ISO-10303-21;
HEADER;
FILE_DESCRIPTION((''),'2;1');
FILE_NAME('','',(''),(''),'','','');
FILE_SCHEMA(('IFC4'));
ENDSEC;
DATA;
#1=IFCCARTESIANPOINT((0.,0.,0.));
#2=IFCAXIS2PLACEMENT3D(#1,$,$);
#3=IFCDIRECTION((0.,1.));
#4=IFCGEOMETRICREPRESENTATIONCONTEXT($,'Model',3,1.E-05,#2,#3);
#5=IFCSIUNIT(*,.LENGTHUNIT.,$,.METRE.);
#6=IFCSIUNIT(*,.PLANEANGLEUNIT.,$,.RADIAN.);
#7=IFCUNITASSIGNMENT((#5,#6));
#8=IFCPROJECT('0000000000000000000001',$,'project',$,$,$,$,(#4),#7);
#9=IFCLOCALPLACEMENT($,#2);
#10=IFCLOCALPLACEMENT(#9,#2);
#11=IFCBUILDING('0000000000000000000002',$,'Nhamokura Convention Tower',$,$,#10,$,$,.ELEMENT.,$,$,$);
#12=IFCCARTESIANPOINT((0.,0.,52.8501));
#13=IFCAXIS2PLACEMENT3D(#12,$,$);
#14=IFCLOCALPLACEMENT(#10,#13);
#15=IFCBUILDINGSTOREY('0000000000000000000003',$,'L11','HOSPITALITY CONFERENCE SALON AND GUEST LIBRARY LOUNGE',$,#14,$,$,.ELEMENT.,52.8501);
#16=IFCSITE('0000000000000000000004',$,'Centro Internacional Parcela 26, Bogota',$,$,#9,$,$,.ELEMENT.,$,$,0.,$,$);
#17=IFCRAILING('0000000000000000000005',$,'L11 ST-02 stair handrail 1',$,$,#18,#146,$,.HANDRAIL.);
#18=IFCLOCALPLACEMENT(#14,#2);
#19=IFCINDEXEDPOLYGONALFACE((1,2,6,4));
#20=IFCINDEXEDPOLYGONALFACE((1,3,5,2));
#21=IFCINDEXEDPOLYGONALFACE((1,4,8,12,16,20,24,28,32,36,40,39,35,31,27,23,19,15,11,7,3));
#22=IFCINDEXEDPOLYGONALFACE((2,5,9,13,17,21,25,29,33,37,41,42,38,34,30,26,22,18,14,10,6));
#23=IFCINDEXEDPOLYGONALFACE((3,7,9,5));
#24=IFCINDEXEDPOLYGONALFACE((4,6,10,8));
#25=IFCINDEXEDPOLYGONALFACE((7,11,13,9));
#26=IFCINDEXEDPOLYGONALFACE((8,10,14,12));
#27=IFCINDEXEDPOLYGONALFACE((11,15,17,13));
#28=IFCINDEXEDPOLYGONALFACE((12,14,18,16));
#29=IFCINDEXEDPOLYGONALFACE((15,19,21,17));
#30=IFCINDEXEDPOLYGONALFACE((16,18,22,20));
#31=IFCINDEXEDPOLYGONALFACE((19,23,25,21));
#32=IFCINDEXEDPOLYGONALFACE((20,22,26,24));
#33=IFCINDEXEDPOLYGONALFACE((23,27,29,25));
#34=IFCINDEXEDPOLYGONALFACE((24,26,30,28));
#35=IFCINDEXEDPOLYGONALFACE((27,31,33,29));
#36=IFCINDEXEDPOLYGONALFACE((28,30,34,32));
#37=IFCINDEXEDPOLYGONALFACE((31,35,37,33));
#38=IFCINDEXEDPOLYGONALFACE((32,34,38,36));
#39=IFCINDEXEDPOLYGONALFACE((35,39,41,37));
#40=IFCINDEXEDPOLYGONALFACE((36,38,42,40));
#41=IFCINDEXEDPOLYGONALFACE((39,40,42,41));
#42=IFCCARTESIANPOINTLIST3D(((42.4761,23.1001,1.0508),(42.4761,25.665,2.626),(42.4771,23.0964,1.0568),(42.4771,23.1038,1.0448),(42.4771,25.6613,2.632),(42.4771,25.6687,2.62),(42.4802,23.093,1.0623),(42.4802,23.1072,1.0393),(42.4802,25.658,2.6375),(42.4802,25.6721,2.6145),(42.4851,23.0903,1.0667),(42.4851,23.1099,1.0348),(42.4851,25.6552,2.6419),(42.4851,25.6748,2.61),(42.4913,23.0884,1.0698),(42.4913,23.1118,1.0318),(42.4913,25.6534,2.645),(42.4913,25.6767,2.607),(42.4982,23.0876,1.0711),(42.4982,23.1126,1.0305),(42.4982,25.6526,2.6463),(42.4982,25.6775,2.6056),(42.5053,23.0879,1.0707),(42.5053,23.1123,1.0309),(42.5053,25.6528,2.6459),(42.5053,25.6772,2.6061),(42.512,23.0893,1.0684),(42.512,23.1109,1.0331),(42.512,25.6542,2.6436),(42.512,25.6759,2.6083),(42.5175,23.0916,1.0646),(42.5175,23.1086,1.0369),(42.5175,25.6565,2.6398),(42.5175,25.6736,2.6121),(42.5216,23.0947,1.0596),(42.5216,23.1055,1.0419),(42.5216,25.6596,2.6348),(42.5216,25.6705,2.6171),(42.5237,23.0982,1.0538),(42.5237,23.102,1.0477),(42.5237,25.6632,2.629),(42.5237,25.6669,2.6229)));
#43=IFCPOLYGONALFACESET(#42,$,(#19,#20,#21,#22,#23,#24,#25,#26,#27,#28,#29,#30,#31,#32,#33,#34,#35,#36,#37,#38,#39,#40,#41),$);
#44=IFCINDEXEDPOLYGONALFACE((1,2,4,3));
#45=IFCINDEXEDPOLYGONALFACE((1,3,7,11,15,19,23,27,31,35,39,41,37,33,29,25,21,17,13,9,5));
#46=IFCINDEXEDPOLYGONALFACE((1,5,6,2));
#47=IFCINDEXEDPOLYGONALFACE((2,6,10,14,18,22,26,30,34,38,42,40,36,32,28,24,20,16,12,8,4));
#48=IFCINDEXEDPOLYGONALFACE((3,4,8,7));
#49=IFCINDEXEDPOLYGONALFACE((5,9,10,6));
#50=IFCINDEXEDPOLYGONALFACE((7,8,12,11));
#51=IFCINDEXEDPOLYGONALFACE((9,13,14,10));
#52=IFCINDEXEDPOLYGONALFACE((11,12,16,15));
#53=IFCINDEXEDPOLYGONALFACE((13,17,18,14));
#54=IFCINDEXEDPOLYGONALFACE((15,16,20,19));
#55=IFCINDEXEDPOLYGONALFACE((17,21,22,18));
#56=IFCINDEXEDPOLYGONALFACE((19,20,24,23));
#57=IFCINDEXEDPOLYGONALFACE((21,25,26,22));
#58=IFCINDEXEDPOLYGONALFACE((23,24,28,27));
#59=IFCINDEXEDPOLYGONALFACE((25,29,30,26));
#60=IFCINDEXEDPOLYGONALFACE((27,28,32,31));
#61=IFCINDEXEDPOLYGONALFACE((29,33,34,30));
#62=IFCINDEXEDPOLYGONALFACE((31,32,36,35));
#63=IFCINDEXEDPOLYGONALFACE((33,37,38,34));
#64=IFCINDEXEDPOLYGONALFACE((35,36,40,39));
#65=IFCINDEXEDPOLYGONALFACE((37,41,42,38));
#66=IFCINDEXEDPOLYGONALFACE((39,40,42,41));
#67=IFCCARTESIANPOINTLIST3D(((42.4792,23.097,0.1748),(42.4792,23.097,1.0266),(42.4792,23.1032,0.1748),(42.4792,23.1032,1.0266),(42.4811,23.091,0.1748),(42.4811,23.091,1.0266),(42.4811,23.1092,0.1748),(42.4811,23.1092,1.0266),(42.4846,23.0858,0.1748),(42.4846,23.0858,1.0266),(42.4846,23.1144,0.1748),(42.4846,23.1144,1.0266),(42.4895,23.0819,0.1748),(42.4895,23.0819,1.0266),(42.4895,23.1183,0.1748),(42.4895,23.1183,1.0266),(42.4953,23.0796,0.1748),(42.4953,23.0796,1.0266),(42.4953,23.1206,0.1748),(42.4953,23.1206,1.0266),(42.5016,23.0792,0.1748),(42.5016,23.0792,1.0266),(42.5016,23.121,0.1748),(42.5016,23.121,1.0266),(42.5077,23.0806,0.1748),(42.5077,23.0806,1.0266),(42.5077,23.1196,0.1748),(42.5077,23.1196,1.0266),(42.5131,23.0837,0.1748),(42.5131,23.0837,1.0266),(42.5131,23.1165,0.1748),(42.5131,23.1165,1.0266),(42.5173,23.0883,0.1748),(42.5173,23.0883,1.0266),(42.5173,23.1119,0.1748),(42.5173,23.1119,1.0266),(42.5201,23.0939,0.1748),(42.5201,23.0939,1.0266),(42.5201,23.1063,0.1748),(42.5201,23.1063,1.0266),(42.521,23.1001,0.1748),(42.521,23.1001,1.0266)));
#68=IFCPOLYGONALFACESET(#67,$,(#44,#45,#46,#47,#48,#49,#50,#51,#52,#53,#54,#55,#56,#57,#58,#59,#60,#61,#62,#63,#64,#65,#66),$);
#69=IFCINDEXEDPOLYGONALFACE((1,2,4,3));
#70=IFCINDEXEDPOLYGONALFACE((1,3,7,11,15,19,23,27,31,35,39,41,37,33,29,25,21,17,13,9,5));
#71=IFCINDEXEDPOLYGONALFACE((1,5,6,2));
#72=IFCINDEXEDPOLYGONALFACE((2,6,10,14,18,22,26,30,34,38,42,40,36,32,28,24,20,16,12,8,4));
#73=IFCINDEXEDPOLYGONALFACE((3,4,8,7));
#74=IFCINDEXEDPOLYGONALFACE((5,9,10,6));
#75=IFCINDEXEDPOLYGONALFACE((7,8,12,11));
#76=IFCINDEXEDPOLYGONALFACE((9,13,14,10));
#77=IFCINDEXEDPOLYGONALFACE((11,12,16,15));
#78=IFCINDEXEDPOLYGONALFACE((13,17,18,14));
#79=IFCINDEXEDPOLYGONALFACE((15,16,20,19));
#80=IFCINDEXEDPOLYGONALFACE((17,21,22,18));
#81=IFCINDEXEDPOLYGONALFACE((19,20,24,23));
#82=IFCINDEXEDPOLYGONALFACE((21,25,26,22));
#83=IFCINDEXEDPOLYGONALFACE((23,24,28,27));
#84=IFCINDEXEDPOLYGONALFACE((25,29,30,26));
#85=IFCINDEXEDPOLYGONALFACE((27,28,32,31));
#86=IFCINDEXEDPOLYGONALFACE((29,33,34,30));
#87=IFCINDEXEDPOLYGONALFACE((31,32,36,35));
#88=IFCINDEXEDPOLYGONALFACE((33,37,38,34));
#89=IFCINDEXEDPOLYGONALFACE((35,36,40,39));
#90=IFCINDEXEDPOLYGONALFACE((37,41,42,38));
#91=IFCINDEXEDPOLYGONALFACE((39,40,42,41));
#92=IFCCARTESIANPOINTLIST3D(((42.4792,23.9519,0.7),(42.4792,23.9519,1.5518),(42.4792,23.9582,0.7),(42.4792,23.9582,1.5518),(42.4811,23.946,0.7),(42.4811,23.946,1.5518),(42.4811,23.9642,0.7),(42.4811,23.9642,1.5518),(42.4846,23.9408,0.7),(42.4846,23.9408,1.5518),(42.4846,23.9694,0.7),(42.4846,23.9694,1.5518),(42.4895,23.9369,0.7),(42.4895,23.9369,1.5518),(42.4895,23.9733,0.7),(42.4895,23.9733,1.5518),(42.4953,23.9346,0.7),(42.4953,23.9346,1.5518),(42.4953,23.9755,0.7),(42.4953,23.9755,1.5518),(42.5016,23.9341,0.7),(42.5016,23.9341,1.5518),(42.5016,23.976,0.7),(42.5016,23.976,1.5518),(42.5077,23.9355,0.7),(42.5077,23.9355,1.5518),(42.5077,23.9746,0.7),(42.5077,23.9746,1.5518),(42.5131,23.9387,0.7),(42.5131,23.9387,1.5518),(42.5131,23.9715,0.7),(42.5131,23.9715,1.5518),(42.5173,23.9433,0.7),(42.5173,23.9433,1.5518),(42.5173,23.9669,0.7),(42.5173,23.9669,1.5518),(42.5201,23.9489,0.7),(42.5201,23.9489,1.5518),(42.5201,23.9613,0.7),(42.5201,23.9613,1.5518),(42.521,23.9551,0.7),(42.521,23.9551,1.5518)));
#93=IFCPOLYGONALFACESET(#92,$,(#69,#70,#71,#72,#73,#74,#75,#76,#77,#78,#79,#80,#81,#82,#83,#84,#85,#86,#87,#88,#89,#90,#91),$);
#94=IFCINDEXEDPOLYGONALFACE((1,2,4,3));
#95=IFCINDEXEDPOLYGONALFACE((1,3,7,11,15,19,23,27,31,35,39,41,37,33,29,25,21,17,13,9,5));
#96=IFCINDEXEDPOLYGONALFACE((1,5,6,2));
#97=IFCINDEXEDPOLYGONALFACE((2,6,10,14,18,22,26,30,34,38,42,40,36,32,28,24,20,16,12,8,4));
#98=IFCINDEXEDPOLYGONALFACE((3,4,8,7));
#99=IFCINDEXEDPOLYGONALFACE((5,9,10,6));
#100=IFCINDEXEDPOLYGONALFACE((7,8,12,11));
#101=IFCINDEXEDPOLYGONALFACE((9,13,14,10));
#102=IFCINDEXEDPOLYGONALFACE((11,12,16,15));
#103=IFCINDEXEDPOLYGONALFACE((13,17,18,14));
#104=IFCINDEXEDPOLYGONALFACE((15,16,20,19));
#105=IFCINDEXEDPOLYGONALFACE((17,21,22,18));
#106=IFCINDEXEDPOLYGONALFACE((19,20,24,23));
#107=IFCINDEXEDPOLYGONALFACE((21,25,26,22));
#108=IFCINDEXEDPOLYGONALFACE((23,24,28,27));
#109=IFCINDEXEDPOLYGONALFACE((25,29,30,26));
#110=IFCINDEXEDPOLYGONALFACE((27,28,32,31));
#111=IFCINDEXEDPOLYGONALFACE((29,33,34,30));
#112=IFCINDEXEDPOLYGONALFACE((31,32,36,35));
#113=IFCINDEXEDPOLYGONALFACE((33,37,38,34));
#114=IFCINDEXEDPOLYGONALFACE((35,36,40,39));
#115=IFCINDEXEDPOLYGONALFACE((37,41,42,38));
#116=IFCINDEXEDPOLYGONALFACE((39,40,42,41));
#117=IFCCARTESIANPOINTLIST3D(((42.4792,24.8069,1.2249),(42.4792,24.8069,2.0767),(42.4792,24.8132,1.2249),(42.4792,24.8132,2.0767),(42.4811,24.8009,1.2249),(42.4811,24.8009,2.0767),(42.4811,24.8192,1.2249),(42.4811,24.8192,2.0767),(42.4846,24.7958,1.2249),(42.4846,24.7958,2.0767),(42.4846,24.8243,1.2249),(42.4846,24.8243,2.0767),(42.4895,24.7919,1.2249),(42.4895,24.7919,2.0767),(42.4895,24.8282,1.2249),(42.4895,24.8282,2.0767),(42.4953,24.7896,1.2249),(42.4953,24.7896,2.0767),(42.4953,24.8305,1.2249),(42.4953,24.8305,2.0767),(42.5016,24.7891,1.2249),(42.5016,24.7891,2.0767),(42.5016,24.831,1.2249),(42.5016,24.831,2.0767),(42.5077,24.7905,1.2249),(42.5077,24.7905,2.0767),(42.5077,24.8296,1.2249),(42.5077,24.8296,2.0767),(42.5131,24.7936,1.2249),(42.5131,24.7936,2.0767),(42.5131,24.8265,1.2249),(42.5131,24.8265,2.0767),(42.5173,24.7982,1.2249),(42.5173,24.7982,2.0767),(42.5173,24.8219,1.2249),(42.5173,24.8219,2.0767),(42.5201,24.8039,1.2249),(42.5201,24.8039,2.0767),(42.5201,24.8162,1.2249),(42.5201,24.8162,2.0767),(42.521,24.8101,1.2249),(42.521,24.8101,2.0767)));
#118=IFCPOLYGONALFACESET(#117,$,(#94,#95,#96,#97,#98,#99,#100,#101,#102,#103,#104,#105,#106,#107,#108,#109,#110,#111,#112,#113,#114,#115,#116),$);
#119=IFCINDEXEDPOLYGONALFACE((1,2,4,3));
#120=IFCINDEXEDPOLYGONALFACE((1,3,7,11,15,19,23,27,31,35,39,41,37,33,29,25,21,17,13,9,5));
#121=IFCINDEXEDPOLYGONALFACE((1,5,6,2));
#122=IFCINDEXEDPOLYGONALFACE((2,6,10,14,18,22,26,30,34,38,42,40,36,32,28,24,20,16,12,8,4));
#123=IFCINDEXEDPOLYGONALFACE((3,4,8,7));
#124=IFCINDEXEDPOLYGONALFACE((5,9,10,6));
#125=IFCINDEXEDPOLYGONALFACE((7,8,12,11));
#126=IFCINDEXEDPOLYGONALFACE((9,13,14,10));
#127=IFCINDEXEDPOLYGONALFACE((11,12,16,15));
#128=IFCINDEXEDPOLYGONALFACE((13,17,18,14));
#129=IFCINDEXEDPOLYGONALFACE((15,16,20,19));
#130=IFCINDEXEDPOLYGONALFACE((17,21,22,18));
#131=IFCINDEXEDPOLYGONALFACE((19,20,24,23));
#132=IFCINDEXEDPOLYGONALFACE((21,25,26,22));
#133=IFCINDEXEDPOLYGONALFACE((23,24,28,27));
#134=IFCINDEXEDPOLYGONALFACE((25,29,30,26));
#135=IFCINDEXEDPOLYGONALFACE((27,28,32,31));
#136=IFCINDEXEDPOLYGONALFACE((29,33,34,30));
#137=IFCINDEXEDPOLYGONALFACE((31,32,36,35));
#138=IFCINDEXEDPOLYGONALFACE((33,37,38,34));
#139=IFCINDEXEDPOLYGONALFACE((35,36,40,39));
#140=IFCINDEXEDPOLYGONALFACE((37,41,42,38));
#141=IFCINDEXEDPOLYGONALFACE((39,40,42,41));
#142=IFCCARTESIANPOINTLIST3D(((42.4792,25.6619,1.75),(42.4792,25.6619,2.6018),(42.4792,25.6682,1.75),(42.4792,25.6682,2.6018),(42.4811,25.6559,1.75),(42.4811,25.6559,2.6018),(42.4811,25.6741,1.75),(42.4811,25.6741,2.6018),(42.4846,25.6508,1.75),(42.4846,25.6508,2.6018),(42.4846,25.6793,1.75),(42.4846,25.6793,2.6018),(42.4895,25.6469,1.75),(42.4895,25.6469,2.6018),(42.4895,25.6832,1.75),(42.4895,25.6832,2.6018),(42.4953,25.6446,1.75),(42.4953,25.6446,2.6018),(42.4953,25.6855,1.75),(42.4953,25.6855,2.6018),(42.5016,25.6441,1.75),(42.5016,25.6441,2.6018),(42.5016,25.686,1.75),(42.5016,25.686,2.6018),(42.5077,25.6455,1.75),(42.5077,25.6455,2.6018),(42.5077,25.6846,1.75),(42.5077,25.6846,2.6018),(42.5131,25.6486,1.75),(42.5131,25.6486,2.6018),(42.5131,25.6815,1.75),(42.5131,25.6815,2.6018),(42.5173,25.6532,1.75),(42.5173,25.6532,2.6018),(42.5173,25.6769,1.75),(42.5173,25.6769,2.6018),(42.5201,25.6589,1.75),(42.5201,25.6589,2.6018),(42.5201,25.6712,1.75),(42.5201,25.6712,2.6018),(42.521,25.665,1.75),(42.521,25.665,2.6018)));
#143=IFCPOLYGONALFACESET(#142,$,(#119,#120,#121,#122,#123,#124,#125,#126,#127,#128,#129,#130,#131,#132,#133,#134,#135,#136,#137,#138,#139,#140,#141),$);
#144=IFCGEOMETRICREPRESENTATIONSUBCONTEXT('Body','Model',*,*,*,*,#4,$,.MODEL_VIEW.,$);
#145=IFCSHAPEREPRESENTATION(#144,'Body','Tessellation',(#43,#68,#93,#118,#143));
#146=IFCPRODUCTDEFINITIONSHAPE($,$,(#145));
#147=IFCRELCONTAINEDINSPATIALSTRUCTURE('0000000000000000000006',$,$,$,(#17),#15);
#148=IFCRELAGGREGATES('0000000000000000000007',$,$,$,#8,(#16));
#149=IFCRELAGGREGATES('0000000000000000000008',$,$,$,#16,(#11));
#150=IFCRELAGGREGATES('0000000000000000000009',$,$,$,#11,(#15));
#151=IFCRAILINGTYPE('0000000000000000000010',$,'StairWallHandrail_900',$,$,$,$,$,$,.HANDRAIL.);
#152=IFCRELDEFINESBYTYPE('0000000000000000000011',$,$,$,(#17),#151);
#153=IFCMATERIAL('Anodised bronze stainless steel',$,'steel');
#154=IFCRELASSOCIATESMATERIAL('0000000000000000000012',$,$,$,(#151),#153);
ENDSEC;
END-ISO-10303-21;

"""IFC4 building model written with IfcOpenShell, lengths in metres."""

from ifc_helpers import new_model, si_unit, direction, frame, origin, origin_2d, place, context, subcontext, project, spatial, circle, extrude, material, type_object, element, save


model = new_model("IFC4")

# Units and contexts
model_context = context("Model", 3, precision=1e-05, world=origin(), true_north=direction((0.0, 1.0)))
body_context = subcontext(model_context, "Body", "Model", "MODEL_VIEW")
ifc_project = project(units=[si_unit("LENGTHUNIT", "METRE"), si_unit("PLANEANGLEUNIT", "RADIAN")], contexts=[model_context])

# Site, building, storey
site_placement = place(None, origin())
site = spatial("IfcSite", under=ifc_project, at=site_placement, Name="Centro Internacional Parcela 26, Bogota", CompositionType="ELEMENT", RefElevation=0.0)
building_placement = place(site_placement, origin())
building = spatial("IfcBuilding", under=site, at=building_placement, Name="Nhamokura Convention Tower", CompositionType="ELEMENT")
storey_placement = place(building_placement, frame((0.0, 0.0, 52.8501)))
storey = spatial("IfcBuildingStorey", under=building, at=storey_placement, Name="L11", Description="HOSPITALITY CONFERENCE SALON AND GUEST LIBRARY LOUNGE", CompositionType="ELEMENT", Elevation=52.8501)

# Railing
ifc_material_1 = material(Name="Anodised bronze stainless steel", Category="steel")
railing_type_1 = type_object("IfcRailingType", Name="StairWallHandrail_900", PredefinedType="HANDRAIL", material=ifc_material_1)
railing_1_placement = place(storey_placement, frame((42.5, 23.1001, 0.1748)))
element("IfcRailing", 1, at=railing_1_placement, inside=storey, type_object=railing_type_1, Name="L11 ST-02 stair handrail 1", PredefinedType="HANDRAIL", context=body_context, shape_type="SweptSolid", body=[
    extrude(circle(Radius=0.0239, at=origin_2d()), frame((0.0, 0.0, 0.876), z_axis=(0.0, 0.852137, 0.523319), x_axis=(-1.0, 0.0, 0.0)), (0.0, 0.0, 1.0), 3.01),
    extrude(circle(Radius=0.021, at=origin_2d()), origin(), (0.0, 0.0, 1.0), 0.8518),
    extrude(circle(Radius=0.021, at=origin_2d()), frame((0.0, 0.855, 0.5251)), (0.0, 0.0, 1.0), 0.8518),
    extrude(circle(Radius=0.021, at=origin_2d()), frame((0.0, 1.71, 1.05)), (0.0, 0.0, 1.0), 0.8518),
    extrude(circle(Radius=0.021, at=origin_2d()), frame((0.0, 2.5649, 1.5752)), (0.0, 0.0, 1.0), 0.8518),
])

save(model, "model.ifc")
